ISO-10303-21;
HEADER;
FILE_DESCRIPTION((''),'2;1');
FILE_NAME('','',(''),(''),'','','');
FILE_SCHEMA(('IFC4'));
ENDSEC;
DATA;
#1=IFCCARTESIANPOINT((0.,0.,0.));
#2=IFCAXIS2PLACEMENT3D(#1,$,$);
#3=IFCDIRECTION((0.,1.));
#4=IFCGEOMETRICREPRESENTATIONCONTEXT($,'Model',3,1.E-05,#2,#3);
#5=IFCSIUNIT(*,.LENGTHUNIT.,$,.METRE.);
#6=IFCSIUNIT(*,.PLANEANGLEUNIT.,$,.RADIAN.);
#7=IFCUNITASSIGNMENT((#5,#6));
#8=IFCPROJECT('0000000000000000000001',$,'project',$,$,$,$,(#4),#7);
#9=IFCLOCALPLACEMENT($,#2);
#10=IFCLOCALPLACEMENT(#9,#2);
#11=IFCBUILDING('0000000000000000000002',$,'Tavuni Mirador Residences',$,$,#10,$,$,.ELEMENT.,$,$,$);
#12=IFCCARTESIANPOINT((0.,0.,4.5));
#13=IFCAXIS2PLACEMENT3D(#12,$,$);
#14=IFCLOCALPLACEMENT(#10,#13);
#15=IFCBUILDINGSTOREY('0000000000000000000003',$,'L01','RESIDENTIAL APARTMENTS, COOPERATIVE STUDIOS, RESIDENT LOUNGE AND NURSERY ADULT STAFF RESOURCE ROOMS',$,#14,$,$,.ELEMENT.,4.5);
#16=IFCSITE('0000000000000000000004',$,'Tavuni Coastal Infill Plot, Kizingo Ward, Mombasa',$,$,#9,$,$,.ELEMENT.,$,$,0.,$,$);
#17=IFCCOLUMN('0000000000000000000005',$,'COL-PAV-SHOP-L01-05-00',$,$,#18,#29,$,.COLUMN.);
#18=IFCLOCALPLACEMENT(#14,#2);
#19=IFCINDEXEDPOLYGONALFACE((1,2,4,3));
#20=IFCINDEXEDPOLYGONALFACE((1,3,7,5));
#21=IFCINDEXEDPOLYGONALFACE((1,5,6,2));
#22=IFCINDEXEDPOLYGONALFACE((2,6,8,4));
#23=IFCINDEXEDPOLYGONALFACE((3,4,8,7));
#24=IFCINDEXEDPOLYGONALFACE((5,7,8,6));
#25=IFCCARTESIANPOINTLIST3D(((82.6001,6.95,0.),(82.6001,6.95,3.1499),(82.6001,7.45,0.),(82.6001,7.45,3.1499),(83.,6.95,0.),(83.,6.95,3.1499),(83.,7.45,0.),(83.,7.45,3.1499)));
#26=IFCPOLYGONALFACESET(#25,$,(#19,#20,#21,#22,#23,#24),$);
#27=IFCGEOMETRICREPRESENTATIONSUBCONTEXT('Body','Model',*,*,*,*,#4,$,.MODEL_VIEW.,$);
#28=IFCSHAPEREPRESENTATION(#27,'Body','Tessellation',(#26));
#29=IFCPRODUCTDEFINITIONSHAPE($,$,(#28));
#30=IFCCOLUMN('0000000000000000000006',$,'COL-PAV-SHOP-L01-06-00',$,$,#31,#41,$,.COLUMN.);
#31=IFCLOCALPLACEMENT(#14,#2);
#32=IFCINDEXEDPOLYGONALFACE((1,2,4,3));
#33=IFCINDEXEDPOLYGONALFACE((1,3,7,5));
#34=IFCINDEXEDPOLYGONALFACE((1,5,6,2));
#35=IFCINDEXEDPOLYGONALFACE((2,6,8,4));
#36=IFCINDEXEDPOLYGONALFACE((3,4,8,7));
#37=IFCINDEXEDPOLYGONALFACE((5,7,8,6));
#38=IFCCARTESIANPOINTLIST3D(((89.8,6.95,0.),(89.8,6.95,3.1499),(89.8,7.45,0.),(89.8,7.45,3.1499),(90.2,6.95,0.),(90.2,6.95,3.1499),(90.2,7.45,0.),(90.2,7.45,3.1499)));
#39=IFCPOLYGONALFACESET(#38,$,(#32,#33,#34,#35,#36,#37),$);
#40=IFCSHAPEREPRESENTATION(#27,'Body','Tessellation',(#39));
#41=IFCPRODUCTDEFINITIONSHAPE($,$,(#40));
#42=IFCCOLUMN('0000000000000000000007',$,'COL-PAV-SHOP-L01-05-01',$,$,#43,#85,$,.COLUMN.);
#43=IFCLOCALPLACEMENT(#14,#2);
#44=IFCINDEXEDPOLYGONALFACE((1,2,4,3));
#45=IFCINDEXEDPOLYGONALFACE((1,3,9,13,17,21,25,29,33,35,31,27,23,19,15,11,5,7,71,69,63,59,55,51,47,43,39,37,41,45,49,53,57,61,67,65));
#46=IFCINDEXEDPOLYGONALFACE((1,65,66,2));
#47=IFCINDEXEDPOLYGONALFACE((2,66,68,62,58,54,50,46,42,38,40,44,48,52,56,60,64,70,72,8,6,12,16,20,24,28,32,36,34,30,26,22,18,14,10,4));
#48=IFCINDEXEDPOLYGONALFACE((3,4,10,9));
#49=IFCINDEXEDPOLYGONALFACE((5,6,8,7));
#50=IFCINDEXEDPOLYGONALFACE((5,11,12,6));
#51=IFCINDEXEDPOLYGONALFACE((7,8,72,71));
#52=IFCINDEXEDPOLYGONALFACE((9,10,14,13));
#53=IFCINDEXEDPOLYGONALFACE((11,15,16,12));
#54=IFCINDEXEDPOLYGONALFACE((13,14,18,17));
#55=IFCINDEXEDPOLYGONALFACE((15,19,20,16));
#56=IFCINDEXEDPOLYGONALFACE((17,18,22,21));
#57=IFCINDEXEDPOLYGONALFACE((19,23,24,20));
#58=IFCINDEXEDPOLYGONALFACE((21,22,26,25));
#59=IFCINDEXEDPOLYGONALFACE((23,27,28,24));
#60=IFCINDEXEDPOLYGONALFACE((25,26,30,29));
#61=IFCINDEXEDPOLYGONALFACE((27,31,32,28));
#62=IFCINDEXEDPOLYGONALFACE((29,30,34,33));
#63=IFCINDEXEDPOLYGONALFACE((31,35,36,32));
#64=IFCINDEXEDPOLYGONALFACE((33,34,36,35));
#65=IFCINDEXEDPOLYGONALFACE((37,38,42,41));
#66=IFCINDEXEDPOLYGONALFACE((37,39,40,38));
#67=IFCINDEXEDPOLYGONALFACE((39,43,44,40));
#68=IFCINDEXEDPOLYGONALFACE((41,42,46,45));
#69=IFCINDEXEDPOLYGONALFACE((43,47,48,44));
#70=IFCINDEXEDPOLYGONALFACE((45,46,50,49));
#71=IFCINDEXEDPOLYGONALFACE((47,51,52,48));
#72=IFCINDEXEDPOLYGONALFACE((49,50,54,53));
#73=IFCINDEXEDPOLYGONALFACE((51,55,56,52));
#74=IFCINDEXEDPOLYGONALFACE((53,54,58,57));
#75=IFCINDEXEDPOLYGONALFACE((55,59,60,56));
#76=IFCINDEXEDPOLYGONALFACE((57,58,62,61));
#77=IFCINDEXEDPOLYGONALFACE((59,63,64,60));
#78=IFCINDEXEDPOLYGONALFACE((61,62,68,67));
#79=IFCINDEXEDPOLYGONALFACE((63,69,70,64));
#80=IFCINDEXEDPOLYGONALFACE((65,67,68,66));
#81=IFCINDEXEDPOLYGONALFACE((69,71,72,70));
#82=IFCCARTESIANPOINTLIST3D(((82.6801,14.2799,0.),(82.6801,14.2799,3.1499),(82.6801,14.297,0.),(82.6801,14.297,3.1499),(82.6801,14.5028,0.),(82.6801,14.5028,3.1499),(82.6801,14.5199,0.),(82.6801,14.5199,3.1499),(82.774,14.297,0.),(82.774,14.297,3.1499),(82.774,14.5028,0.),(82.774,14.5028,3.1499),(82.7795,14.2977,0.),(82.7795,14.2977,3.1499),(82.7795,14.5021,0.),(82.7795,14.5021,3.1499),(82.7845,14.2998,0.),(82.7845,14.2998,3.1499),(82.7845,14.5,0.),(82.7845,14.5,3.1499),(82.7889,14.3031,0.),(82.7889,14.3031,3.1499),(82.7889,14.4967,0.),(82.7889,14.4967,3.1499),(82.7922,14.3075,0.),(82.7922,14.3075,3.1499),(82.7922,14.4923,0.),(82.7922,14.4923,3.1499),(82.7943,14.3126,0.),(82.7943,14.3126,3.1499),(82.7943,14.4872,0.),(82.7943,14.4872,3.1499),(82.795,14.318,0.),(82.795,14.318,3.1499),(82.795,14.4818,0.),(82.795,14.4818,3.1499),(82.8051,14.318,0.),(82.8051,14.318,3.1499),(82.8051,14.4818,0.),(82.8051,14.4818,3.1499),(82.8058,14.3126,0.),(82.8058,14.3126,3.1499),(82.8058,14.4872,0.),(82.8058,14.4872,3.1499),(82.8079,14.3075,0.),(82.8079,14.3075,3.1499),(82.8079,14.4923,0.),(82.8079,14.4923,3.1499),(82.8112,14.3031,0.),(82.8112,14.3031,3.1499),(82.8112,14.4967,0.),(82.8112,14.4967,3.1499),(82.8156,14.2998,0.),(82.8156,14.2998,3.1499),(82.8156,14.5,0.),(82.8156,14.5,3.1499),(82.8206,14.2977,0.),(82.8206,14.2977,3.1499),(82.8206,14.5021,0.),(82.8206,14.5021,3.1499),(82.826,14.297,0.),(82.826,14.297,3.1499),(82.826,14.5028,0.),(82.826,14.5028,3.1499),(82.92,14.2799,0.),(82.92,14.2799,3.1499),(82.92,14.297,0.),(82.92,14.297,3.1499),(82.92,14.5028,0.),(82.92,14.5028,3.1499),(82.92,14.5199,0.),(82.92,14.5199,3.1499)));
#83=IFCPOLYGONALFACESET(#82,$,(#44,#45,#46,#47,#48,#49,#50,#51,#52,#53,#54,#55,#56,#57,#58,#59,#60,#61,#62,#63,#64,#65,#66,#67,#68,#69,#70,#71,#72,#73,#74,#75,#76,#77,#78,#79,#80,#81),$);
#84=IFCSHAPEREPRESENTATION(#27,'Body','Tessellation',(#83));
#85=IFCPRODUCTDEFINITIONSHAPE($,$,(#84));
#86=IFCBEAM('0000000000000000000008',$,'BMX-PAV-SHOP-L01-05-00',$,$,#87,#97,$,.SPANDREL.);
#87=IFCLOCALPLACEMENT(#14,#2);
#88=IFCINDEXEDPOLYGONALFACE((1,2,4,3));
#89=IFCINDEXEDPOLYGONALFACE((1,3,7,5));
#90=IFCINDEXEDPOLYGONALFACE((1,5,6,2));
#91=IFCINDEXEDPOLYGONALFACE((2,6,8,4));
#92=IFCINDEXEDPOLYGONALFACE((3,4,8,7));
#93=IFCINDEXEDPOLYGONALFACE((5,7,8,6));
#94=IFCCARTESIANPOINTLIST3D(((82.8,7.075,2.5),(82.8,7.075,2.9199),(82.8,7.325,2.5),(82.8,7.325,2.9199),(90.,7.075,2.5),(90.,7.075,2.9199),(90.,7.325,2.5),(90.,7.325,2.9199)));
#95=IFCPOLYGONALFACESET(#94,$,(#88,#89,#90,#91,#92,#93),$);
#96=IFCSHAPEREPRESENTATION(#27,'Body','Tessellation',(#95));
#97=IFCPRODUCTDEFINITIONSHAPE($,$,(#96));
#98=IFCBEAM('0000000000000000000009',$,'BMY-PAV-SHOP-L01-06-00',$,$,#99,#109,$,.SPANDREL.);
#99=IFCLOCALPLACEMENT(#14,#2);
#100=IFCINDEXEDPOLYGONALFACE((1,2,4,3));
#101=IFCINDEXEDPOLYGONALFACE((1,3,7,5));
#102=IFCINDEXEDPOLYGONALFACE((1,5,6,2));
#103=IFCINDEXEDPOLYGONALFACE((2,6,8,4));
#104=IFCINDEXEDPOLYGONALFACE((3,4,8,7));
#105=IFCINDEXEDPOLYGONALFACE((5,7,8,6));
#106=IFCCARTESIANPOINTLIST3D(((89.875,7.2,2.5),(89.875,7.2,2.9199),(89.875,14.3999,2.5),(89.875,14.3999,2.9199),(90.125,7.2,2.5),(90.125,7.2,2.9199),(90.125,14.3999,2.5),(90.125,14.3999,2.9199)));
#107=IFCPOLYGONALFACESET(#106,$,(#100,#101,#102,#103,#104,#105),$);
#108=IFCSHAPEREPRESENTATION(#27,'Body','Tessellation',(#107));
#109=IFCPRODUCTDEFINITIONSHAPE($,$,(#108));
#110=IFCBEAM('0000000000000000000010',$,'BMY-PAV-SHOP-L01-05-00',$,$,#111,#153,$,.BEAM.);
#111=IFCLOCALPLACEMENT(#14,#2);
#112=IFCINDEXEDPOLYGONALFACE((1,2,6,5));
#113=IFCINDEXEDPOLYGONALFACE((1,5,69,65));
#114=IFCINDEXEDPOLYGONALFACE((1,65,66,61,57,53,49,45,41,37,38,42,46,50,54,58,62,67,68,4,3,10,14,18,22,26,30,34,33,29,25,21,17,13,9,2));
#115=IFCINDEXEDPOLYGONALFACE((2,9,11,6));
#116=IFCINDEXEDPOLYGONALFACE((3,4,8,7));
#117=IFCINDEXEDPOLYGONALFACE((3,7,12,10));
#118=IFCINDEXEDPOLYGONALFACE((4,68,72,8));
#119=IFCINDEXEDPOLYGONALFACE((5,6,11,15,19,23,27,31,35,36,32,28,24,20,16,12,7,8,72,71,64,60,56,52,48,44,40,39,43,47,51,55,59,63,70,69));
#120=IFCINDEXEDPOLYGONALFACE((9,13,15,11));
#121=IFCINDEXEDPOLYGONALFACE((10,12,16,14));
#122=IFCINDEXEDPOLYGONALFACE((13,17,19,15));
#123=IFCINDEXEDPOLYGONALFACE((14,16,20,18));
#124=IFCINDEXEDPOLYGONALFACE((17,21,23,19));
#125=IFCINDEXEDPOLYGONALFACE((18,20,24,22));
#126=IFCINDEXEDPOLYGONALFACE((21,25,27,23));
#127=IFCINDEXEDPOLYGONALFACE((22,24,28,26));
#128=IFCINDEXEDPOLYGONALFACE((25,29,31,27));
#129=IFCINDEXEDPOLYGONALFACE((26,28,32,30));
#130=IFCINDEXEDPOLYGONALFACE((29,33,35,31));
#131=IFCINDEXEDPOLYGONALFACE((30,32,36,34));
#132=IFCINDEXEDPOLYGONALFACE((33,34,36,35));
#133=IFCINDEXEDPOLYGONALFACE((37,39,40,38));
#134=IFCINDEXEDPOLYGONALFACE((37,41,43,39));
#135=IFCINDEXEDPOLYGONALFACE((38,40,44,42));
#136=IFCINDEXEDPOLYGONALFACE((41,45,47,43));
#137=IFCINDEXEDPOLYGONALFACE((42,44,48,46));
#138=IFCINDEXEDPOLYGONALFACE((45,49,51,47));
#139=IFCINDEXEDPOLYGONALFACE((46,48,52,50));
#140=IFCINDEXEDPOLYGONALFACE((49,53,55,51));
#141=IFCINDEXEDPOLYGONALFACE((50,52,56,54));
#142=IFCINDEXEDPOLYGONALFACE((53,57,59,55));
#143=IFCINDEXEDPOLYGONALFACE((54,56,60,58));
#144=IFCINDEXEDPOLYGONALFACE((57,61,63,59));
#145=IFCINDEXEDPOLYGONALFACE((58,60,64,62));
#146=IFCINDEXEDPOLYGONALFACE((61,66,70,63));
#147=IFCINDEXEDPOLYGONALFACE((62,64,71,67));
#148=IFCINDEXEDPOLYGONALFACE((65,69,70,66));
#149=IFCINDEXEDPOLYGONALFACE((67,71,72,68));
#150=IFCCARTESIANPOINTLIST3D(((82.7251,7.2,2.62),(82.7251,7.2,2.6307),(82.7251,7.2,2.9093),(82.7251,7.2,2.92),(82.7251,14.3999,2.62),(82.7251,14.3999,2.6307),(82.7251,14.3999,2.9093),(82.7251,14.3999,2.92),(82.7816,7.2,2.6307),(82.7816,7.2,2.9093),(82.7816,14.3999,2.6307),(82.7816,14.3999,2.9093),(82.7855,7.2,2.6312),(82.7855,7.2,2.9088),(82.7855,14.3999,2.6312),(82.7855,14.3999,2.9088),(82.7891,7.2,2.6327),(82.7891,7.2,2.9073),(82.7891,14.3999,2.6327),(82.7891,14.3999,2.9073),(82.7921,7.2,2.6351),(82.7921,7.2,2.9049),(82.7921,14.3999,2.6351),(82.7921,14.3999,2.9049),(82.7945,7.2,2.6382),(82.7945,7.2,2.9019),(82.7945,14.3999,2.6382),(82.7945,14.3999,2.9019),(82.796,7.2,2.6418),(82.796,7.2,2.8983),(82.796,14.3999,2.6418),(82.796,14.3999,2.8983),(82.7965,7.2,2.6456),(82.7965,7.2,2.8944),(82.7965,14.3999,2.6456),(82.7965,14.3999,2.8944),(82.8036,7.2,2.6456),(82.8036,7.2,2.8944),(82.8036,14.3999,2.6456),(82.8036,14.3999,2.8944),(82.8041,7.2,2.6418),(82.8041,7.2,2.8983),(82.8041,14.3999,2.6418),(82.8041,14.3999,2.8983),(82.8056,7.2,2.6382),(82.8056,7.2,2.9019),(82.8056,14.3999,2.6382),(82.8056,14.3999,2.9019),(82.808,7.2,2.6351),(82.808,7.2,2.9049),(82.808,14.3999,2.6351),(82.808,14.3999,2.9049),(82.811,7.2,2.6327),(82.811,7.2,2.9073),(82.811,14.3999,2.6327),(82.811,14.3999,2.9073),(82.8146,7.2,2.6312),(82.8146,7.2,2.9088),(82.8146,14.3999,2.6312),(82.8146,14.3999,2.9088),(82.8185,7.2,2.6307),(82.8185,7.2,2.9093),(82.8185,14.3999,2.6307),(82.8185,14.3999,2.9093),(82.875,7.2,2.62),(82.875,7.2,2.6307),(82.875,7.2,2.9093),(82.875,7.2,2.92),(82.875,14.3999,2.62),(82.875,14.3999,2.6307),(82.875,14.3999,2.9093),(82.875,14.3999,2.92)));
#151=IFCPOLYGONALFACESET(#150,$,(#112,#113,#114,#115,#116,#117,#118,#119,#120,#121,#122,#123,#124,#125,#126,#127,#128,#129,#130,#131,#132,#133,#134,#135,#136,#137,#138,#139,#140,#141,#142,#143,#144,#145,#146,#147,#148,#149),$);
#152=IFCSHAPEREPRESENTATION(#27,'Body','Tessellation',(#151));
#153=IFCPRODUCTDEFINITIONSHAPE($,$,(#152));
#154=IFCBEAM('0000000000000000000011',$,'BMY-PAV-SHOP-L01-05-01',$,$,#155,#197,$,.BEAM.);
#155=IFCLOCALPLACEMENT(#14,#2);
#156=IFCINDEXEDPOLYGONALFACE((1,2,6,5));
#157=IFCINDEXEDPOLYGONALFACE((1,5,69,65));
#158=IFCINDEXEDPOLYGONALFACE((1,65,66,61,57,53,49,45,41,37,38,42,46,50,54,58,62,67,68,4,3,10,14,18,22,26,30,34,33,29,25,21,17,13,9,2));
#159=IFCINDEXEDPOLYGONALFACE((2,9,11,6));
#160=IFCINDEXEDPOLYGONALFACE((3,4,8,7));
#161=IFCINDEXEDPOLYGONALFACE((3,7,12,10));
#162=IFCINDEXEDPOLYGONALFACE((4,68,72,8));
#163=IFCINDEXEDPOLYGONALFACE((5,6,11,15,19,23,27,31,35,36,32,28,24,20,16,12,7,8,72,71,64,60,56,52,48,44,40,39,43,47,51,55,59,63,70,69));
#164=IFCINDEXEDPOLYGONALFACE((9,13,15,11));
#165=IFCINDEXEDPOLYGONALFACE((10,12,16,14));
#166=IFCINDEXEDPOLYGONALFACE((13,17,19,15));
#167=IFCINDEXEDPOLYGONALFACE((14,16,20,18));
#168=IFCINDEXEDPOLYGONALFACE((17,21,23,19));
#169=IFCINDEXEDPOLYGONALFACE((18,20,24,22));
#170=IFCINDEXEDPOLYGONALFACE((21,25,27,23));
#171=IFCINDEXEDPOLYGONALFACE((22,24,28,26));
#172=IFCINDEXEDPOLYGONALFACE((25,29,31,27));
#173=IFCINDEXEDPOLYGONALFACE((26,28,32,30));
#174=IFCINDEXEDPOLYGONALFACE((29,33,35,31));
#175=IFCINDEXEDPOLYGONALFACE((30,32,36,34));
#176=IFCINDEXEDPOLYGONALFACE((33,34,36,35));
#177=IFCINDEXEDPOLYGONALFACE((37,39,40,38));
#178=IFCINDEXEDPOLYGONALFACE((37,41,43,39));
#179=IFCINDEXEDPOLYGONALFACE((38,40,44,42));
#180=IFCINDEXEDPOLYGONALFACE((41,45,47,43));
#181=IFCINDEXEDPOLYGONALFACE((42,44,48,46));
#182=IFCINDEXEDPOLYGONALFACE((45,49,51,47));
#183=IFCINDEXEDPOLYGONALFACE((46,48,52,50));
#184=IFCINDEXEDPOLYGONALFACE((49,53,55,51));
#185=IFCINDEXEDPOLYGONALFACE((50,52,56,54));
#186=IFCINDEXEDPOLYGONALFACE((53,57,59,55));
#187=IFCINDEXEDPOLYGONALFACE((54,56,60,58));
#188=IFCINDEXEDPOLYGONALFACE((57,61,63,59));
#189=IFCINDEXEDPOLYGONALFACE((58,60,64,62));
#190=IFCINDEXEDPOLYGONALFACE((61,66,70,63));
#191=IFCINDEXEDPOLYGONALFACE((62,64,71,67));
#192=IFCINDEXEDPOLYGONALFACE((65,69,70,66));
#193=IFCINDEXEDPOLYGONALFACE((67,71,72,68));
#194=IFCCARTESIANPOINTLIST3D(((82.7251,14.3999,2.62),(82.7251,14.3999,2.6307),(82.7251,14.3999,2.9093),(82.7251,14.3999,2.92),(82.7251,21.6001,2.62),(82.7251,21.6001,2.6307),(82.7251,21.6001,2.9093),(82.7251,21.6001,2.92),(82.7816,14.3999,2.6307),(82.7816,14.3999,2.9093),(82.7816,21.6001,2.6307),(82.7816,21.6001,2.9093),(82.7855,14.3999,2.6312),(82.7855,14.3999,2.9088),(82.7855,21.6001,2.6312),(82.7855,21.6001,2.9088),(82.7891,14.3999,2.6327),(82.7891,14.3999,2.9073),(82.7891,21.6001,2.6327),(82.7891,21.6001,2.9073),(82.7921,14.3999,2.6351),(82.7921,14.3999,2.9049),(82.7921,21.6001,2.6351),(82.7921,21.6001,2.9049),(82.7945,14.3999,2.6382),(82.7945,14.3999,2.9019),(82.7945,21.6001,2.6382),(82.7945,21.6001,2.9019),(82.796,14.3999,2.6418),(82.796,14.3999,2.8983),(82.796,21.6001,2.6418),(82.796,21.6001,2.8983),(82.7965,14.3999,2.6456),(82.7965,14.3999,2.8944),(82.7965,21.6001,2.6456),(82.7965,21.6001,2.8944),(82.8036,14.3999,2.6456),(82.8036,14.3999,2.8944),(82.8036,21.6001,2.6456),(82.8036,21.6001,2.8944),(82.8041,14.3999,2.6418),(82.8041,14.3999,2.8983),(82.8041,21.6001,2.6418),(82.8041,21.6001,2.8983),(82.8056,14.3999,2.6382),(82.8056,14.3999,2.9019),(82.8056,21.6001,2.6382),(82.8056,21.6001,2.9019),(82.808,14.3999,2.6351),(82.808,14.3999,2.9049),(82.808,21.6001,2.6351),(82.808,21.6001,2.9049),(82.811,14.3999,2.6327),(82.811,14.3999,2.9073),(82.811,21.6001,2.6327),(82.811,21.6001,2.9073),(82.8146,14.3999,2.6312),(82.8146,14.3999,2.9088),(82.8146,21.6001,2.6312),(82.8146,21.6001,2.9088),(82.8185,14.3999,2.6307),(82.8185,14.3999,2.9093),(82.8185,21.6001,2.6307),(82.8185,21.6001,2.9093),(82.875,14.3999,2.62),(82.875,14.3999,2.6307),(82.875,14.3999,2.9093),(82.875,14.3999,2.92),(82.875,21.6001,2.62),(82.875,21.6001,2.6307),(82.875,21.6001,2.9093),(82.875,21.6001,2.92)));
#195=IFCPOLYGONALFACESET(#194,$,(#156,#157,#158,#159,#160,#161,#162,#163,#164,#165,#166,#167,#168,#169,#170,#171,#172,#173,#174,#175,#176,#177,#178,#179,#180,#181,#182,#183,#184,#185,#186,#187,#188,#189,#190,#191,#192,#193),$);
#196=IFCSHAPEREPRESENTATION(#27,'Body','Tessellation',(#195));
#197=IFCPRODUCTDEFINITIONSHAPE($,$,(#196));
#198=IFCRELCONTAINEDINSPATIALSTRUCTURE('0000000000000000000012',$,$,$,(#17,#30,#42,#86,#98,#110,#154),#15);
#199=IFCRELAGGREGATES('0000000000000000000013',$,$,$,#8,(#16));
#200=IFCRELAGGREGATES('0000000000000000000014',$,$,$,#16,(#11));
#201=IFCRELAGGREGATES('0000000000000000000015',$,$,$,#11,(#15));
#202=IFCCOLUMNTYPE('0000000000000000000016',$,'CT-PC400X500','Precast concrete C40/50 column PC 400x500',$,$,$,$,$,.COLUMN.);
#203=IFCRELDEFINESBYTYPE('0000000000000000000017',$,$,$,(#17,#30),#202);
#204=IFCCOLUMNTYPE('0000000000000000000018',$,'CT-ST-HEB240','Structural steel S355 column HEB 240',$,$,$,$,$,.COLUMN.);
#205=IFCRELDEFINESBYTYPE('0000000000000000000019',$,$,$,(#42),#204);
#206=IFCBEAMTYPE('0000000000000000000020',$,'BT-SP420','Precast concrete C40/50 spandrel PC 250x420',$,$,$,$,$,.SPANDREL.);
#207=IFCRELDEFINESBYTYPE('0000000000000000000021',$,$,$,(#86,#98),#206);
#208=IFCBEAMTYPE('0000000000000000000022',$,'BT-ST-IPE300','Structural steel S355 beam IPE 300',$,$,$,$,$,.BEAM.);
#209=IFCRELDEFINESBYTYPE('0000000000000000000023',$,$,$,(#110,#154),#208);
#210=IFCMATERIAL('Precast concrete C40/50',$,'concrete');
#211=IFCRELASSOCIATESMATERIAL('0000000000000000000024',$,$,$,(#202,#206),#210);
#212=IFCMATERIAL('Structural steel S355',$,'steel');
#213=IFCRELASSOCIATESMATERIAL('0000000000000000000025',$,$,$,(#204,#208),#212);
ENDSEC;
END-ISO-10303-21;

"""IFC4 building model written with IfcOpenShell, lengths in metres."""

from ifc_helpers import new_model, si_unit, direction, frame, origin, origin_2d, place, context, subcontext, project, spatial, rectangle, i_section, extrude, material, material_profile, profile_set, type_object, element, save


model = new_model("IFC4")

# Units and contexts
model_context = context("Model", 3, precision=1e-05, world=origin(), true_north=direction((0.0, 1.0)))
body_context = subcontext(model_context, "Body", "Model", "MODEL_VIEW")
ifc_project = project(units=[si_unit("LENGTHUNIT", "METRE"), si_unit("PLANEANGLEUNIT", "RADIAN")], contexts=[model_context])

# Site, building, storey
site_placement = place(None, origin())
site = spatial("IfcSite", under=ifc_project, at=site_placement, Name="Tavuni Coastal Infill Plot, Kizingo Ward, Mombasa", CompositionType="ELEMENT", RefElevation=0.0)
building_placement = place(site_placement, origin())
building = spatial("IfcBuilding", under=site, at=building_placement, Name="Tavuni Mirador Residences", CompositionType="ELEMENT")
storey_placement = place(building_placement, frame((0.0, 0.0, 4.5)))
storey = spatial("IfcBuildingStorey", under=building, at=storey_placement, Name="L01", Description="RESIDENTIAL APARTMENTS, COOPERATIVE STUDIOS, RESIDENT LOUNGE AND NURSERY ADULT STAFF RESOURCE ROOMS", CompositionType="ELEMENT", Elevation=4.5)

# Columns
ifc_material_1 = material(Name="Precast concrete C40/50", Category="concrete")
ifc_material_profile_1 = material_profile(ifc_material_1, rectangle(XDim=0.3999, YDim=0.5, at=origin_2d()), Name="PC 400x500", Category="concrete")
ifc_profile_set_1 = profile_set([ifc_material_profile_1], Name="Precast concrete C40/50")
column_type_1 = type_object("IfcColumnType", Name="CT-PC400X500", Description="Precast concrete C40/50 column PC 400x500", PredefinedType="COLUMN", material=ifc_profile_set_1)
for number, where, z_axis, x_axis, name in (
    (1, (82.8, 7.2, 0.0), (0.0, 0.0, 1.0), (1.0, 0.0, 0.0), "COL-PAV-SHOP-L01-05-00"),
    (2, (90.0, 7.2, 0.0), (0.0, 0.0, 1.0), (1.0, 0.0, 0.0), "COL-PAV-SHOP-L01-06-00"),
):
    element("IfcColumn", number, at=place(storey_placement, frame(where, z_axis=z_axis, x_axis=x_axis)), inside=storey, type_object=column_type_1, Name=name, PredefinedType="COLUMN", context=body_context, shape_type="SweptSolid", body=[
        extrude(rectangle(XDim=0.3999, YDim=0.5, at=origin_2d()), origin(), (0.0, 0.0, 1.0), 3.1499),
    ])
ifc_material_2 = material(Name="Structural steel S355", Category="steel")
ifc_material_profile_2 = material_profile(ifc_material_2, i_section(OverallWidth=0.24, OverallDepth=0.24, WebThickness=0.01, FlangeThickness=0.0171, FilletRadius=0.021, at=origin_2d()), Name="HEB 240", Category="steel")
ifc_profile_set_2 = profile_set([ifc_material_profile_2], Name="Structural steel S355")
column_type_2 = type_object("IfcColumnType", Name="CT-ST-HEB240", Description="Structural steel S355 column HEB 240", PredefinedType="COLUMN", material=ifc_profile_set_2)
column_placement = place(storey_placement, frame((82.8, 14.3999, 0.0), z_axis=(0.0, 0.0, 1.0), x_axis=(1.0, 0.0, 0.0)))
element("IfcColumn", 3, at=column_placement, inside=storey, type_object=column_type_2, Name="COL-PAV-SHOP-L01-05-01", PredefinedType="COLUMN", context=body_context, shape_type="SweptSolid", body=[
    extrude(i_section(OverallWidth=0.24, OverallDepth=0.24, WebThickness=0.01, FlangeThickness=0.0171, FilletRadius=0.021, at=origin_2d()), origin(), (0.0, 0.0, 1.0), 3.1499),
])

# Beams
ifc_material_profile_3 = material_profile(ifc_material_1, rectangle(XDim=0.25, YDim=0.4199, at=origin_2d()), Name="PC 250x420", Category="concrete")
ifc_profile_set_3 = profile_set([ifc_material_profile_3], Name="Precast concrete C40/50")
beam_type_1 = type_object("IfcBeamType", Name="BT-SP420", Description="Precast concrete C40/50 spandrel PC 250x420", PredefinedType="SPANDREL", material=ifc_profile_set_3)
for number, where, z_axis, x_axis, name in (
    (4, (82.8, 7.2, 2.71), (1.0, 0.0, 0.0), (0.0, 1.0, 0.0), "BMX-PAV-SHOP-L01-05-00"),
    (5, (90.0, 7.2, 2.71), (0.0, 1.0, 0.0), (-1.0, 0.0, 0.0), "BMY-PAV-SHOP-L01-06-00"),
):
    element("IfcBeam", number, at=place(storey_placement, frame(where, z_axis=z_axis, x_axis=x_axis)), inside=storey, type_object=beam_type_1, Name=name, PredefinedType="SPANDREL", context=body_context, shape_type="SweptSolid", body=[
        extrude(rectangle(XDim=0.25, YDim=0.4199, at=origin_2d()), origin(), (0.0, 0.0, 1.0), 7.2),
    ])
ifc_material_profile_4 = material_profile(ifc_material_2, i_section(OverallWidth=0.1499, OverallDepth=0.3, WebThickness=0.0071, FlangeThickness=0.0107, FilletRadius=0.0149, at=origin_2d()), Name="IPE 300", Category="steel")
ifc_profile_set_4 = profile_set([ifc_material_profile_4], Name="Structural steel S355")
beam_type_2 = type_object("IfcBeamType", Name="BT-ST-IPE300", Description="Structural steel S355 beam IPE 300", PredefinedType="BEAM", material=ifc_profile_set_4)
beam_1_placement = place(storey_placement, frame((82.8, 7.2, 2.77), z_axis=(0.0, 1.0, 0.0), x_axis=(-1.0, 0.0, 0.0)))
element("IfcBeam", 6, at=beam_1_placement, inside=storey, type_object=beam_type_2, Name="BMY-PAV-SHOP-L01-05-00", PredefinedType="BEAM", context=body_context, shape_type="SweptSolid", body=[
    extrude(i_section(OverallWidth=0.1499, OverallDepth=0.3, WebThickness=0.0071, FlangeThickness=0.0107, FilletRadius=0.0149, at=origin_2d()), origin(), (0.0, 0.0, 1.0), 7.2),
])
beam_2_placement = place(storey_placement, frame((82.8, 14.3999, 2.77), z_axis=(0.0, 1.0, 0.0), x_axis=(-1.0, 0.0, 0.0)))
element("IfcBeam", 7, at=beam_2_placement, inside=storey, type_object=beam_type_2, Name="BMY-PAV-SHOP-L01-05-01", PredefinedType="BEAM", context=body_context, shape_type="SweptSolid", body=[
    extrude(i_section(OverallWidth=0.1499, OverallDepth=0.3, WebThickness=0.0071, FlangeThickness=0.0107, FilletRadius=0.0149, at=origin_2d()), origin(), (0.0, 0.0, 1.0), 7.2002),
])

save(model, "model.ifc")
